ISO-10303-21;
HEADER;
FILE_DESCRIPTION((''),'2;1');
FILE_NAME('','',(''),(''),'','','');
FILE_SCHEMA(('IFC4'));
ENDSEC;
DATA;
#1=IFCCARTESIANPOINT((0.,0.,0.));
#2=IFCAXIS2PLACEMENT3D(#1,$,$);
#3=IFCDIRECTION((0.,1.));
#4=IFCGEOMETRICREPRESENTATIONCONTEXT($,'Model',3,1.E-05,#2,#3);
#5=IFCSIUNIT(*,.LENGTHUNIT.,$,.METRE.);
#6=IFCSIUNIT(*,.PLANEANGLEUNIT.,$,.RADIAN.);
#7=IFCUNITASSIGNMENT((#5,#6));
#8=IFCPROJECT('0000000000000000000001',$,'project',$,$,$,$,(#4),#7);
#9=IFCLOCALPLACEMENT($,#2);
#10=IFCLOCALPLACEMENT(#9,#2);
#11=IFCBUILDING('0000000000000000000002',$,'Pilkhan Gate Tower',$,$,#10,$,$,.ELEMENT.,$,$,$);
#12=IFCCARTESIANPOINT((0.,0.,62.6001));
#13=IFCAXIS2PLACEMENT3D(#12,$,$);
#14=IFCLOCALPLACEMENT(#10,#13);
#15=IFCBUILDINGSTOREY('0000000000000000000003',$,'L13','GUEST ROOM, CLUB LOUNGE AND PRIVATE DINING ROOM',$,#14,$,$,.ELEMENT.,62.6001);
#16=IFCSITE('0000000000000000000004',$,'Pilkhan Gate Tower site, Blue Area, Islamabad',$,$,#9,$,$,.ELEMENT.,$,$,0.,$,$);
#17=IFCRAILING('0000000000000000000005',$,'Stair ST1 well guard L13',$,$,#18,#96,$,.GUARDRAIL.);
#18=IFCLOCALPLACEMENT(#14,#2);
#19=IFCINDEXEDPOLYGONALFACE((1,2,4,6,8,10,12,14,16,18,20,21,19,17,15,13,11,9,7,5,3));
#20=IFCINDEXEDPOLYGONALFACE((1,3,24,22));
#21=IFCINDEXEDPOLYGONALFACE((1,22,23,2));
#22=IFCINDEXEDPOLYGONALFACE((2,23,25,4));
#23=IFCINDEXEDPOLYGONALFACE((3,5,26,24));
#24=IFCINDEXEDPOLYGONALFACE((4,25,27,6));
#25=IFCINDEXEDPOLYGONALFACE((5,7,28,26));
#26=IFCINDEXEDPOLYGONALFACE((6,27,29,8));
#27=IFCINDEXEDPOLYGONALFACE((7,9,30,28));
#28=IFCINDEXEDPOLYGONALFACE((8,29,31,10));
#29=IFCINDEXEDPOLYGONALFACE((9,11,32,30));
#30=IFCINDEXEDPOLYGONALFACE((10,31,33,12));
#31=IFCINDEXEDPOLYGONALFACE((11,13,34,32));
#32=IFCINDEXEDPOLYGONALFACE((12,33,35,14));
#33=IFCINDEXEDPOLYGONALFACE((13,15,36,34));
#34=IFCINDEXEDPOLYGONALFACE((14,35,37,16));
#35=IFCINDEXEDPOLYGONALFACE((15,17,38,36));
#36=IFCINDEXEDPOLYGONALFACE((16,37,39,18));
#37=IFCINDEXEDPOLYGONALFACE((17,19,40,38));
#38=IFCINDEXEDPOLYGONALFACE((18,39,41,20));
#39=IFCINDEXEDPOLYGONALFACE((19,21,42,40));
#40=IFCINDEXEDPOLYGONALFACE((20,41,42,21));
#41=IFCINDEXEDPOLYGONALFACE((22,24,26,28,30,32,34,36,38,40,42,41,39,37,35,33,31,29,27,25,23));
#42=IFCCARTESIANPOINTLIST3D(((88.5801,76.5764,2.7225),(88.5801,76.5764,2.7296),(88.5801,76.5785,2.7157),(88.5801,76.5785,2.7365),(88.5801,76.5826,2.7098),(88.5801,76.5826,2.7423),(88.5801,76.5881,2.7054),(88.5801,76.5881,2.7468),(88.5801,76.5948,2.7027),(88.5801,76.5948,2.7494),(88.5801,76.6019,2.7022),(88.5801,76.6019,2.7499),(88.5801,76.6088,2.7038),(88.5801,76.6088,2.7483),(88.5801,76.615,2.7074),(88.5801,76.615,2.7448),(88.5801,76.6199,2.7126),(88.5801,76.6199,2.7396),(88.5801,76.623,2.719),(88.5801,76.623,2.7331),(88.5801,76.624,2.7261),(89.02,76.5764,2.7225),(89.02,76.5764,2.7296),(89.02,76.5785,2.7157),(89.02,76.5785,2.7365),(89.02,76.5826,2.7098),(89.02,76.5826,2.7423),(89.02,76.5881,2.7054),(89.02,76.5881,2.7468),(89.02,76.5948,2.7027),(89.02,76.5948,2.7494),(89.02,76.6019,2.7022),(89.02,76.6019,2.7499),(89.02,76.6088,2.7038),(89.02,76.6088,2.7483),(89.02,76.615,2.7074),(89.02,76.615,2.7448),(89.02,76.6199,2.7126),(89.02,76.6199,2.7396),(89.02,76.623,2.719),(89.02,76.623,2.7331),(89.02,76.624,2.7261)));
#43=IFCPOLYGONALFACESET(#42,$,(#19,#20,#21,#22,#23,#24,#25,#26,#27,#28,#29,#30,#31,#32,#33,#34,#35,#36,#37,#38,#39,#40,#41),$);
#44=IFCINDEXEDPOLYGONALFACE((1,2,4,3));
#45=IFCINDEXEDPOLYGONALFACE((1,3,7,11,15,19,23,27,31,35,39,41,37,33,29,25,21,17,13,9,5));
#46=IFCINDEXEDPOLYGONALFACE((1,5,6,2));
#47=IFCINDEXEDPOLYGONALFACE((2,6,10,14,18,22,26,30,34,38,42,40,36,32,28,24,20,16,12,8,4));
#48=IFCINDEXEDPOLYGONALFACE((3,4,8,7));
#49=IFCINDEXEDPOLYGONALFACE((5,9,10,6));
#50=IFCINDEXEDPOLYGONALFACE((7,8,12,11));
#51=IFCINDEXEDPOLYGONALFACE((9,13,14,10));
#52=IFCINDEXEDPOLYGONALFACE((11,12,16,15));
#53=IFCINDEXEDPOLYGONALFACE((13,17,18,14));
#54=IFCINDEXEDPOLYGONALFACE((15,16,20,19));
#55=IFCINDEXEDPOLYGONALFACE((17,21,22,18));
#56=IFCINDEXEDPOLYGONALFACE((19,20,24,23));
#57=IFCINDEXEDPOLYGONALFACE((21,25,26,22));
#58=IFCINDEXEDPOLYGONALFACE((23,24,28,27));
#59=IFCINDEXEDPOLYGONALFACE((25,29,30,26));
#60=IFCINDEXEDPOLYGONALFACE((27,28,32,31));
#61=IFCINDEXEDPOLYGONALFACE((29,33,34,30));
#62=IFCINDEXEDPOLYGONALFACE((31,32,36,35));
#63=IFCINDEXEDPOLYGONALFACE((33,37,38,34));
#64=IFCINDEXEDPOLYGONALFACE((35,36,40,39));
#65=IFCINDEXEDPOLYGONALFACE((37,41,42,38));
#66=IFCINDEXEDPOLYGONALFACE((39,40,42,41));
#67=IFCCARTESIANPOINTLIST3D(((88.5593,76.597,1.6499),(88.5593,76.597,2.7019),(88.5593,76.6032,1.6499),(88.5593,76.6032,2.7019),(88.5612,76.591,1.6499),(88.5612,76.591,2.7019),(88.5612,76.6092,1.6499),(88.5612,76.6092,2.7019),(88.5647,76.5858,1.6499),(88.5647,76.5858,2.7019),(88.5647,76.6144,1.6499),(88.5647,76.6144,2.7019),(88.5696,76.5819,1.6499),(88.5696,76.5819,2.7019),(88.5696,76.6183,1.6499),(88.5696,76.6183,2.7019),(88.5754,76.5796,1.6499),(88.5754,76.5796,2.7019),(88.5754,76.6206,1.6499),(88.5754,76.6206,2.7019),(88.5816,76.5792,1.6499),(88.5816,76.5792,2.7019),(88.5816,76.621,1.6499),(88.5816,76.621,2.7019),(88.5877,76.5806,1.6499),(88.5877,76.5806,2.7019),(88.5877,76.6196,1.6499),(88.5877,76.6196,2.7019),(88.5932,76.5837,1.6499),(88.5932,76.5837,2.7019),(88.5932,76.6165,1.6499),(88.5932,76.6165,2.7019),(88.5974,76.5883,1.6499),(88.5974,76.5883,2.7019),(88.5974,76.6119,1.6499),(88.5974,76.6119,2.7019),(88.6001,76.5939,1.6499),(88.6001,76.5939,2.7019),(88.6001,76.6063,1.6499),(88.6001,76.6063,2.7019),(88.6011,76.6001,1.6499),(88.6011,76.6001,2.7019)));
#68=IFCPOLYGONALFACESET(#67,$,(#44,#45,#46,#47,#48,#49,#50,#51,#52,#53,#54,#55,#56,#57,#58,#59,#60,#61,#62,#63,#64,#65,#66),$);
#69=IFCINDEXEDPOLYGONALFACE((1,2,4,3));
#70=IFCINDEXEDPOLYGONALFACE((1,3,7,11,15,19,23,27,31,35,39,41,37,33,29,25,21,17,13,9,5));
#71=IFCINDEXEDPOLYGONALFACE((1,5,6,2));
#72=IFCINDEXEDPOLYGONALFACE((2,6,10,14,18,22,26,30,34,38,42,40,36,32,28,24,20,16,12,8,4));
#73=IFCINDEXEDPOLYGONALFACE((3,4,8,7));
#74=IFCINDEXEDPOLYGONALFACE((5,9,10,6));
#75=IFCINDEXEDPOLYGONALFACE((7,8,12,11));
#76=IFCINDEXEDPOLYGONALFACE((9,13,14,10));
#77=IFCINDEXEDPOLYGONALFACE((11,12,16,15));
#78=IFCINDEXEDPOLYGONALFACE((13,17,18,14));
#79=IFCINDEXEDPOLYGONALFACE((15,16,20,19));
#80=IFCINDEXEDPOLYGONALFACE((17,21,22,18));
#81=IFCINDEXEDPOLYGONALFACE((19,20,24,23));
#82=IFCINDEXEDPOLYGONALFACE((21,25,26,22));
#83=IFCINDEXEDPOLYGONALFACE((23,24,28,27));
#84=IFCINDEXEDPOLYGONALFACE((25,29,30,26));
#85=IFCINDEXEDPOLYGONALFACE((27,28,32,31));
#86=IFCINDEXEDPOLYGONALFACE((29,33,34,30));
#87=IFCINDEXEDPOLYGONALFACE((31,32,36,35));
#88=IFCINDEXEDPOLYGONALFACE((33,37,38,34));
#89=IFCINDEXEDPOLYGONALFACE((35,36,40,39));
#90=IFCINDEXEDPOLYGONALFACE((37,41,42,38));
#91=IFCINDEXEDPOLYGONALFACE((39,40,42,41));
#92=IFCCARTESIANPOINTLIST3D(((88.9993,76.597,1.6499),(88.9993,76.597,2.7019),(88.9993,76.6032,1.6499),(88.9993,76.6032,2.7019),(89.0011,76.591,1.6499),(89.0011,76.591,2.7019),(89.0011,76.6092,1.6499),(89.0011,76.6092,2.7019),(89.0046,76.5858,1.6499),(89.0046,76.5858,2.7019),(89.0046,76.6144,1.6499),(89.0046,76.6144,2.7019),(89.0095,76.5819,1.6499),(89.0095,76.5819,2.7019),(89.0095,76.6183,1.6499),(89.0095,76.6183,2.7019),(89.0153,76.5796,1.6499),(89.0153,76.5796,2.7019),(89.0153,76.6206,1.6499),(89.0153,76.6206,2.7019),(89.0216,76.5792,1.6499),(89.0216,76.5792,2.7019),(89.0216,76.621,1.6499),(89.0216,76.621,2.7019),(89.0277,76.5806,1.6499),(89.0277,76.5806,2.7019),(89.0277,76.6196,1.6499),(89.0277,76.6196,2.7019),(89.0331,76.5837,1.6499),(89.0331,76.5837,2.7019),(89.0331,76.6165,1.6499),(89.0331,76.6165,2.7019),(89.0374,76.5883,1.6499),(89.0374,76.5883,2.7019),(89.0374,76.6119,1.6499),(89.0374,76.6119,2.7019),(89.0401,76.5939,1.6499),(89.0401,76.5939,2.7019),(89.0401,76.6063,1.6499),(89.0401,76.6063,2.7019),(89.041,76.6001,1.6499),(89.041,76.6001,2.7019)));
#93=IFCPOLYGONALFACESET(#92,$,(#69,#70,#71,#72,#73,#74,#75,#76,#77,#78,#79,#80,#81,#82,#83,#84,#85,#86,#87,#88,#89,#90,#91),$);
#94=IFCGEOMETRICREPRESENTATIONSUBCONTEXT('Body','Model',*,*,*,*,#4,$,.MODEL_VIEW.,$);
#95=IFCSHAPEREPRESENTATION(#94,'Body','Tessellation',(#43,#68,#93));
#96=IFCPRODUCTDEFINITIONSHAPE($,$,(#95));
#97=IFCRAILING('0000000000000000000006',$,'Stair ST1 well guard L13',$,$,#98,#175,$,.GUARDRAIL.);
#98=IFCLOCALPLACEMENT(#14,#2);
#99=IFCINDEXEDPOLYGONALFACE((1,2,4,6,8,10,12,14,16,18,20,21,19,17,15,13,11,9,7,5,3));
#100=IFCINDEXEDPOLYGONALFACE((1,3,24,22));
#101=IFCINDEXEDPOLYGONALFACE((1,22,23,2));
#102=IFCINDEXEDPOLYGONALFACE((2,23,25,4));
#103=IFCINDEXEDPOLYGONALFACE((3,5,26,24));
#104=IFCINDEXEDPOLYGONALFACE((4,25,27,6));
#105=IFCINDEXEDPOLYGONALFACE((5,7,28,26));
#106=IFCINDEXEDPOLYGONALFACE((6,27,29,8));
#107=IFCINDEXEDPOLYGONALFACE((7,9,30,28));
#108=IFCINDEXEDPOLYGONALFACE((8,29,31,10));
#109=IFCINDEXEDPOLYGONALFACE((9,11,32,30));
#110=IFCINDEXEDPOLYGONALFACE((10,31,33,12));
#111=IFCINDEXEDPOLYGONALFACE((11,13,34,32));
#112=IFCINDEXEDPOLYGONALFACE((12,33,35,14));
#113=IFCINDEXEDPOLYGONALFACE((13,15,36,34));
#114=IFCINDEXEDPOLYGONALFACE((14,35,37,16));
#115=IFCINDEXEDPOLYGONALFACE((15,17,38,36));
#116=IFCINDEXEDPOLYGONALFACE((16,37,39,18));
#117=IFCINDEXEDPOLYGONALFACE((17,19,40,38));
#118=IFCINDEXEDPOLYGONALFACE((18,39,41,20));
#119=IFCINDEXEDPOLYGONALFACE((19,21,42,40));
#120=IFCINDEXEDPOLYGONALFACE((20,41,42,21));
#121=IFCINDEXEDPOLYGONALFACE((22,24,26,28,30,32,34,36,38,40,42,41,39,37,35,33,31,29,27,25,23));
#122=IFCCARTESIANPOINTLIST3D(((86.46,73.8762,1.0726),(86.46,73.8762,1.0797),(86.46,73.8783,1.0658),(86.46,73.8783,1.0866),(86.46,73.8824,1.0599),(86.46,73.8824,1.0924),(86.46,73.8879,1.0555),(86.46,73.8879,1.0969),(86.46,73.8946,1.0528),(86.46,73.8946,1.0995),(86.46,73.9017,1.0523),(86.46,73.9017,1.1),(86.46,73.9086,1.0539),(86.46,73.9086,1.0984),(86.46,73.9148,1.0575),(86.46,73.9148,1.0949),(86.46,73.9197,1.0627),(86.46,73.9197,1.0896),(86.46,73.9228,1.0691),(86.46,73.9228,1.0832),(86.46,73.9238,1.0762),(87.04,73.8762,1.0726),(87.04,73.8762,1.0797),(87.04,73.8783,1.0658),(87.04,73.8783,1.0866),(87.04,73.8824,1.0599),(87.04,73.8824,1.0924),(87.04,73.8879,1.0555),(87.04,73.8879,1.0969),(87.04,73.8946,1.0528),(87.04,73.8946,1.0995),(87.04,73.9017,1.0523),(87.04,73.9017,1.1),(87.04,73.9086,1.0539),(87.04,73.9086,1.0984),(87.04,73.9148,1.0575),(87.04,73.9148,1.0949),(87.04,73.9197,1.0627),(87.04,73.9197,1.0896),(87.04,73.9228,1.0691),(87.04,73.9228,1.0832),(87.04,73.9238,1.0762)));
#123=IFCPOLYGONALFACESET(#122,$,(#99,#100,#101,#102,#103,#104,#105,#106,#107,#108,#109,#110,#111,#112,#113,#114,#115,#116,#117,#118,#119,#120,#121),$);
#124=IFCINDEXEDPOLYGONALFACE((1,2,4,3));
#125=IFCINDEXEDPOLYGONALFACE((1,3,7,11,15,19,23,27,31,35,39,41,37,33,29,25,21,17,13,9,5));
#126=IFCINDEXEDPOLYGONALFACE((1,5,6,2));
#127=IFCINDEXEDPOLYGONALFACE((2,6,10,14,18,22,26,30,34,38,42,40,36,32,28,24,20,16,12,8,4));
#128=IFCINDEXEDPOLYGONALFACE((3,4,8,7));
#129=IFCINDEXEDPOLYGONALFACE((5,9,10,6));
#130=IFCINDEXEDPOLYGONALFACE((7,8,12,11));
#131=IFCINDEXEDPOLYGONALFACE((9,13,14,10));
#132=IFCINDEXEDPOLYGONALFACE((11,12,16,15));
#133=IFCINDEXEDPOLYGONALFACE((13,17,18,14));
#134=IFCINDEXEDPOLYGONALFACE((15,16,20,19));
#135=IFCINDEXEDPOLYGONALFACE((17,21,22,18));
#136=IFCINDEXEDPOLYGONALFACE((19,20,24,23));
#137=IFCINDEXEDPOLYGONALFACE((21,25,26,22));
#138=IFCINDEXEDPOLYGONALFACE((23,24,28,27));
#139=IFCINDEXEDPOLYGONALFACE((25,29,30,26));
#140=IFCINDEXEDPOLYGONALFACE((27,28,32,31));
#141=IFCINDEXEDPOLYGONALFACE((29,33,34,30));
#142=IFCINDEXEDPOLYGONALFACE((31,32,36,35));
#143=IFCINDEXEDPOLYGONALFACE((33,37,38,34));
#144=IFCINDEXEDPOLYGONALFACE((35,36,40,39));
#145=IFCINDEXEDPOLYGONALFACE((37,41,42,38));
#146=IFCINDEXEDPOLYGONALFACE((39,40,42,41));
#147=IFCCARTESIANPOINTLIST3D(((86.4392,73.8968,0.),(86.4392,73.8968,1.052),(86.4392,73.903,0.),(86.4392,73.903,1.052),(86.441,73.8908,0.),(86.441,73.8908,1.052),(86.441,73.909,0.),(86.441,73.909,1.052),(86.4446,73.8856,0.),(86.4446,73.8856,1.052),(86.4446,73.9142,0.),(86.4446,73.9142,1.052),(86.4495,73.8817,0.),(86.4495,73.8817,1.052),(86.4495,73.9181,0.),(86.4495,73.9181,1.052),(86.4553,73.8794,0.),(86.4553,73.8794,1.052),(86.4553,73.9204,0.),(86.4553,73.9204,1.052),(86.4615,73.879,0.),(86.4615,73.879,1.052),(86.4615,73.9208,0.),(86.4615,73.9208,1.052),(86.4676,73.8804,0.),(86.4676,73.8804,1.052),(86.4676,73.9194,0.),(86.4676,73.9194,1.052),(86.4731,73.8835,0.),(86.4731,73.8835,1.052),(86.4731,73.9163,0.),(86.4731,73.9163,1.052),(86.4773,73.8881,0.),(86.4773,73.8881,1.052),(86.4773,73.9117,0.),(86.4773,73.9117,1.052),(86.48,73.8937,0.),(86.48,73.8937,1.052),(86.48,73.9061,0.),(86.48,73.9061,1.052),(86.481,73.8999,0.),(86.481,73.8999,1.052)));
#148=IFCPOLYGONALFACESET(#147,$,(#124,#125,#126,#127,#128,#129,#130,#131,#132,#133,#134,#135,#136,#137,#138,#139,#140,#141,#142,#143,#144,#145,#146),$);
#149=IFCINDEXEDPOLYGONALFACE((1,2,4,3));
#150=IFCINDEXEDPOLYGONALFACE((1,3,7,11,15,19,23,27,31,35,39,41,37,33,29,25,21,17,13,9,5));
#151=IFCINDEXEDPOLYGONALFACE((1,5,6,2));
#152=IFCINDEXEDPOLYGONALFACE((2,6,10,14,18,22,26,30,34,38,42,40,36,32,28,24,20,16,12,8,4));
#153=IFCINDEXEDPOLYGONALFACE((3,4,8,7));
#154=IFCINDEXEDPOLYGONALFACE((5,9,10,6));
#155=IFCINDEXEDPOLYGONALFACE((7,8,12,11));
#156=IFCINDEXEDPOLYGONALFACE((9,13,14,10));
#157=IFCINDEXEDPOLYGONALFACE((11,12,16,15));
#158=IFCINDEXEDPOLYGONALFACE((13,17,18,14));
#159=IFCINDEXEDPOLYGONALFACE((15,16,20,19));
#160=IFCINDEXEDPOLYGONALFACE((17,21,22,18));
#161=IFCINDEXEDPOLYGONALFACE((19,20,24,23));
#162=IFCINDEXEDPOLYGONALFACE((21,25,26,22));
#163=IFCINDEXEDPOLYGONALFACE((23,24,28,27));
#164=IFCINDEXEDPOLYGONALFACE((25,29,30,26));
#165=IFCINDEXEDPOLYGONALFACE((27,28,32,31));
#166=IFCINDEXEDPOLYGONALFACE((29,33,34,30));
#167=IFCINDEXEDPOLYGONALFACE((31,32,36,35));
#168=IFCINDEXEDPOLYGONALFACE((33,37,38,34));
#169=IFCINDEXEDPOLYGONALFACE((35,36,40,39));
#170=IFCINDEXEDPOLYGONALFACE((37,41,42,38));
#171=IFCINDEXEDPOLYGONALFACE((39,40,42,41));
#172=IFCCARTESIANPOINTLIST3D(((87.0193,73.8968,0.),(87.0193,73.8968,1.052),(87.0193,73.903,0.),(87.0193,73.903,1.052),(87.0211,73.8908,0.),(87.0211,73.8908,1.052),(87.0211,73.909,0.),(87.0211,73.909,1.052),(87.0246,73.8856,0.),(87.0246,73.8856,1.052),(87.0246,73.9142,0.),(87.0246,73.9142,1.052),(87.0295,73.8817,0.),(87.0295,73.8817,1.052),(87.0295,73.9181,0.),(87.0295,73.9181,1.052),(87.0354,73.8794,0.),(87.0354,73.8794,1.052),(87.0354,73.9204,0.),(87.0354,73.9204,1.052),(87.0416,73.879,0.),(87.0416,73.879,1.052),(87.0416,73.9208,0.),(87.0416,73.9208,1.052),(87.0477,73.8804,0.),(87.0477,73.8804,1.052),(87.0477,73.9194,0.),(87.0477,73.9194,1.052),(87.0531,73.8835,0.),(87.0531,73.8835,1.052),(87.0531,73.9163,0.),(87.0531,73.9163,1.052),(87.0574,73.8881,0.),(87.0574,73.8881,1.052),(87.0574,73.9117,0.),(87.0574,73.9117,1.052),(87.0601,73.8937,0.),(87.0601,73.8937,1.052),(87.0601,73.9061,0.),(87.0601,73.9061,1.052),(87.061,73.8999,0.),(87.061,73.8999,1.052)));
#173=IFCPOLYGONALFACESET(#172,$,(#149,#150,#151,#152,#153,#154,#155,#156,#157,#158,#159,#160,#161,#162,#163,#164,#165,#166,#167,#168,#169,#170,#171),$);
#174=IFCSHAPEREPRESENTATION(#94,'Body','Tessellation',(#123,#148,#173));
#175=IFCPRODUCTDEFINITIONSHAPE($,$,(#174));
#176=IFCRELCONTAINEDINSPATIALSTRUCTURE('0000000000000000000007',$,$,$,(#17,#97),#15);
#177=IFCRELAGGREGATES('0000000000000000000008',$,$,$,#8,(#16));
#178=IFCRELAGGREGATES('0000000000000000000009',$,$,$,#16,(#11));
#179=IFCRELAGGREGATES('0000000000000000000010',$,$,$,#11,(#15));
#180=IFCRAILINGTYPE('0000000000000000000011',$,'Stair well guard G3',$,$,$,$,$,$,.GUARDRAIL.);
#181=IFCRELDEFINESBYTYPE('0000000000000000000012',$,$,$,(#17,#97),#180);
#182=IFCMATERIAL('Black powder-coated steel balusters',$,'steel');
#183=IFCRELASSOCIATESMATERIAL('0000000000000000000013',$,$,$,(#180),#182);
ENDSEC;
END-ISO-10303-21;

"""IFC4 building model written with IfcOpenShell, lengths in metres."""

from ifc_helpers import new_model, si_unit, direction, frame, origin, origin_2d, place, context, subcontext, project, spatial, circle, extrude, material, type_object, element, save


model = new_model("IFC4")

# Units and contexts
model_context = context("Model", 3, precision=1e-05, world=origin(), true_north=direction((0.0, 1.0)))
body_context = subcontext(model_context, "Body", "Model", "MODEL_VIEW")
ifc_project = project(units=[si_unit("LENGTHUNIT", "METRE"), si_unit("PLANEANGLEUNIT", "RADIAN")], contexts=[model_context])

# Site, building, storey
site_placement = place(None, origin())
site = spatial("IfcSite", under=ifc_project, at=site_placement, Name="Pilkhan Gate Tower site, Blue Area, Islamabad", CompositionType="ELEMENT", RefElevation=0.0)
building_placement = place(site_placement, origin())
building = spatial("IfcBuilding", under=site, at=building_placement, Name="Pilkhan Gate Tower", CompositionType="ELEMENT")
storey_placement = place(building_placement, frame((0.0, 0.0, 62.6001)))
storey = spatial("IfcBuildingStorey", under=building, at=storey_placement, Name="L13", Description="GUEST ROOM, CLUB LOUNGE AND PRIVATE DINING ROOM", CompositionType="ELEMENT", Elevation=62.6001)

# Railings
ifc_material_1 = material(Name="Black powder-coated steel balusters", Category="steel")
railing_type_1 = type_object("IfcRailingType", Name="Stair well guard G3", PredefinedType="GUARDRAIL", material=ifc_material_1)
railing_1_placement = place(storey_placement, frame((88.5801, 76.6001, 1.6499)))
element("IfcRailing", 1, at=railing_1_placement, inside=storey, type_object=railing_type_1, Name="Stair ST1 well guard L13", PredefinedType="GUARDRAIL", context=body_context, shape_type="SweptSolid", body=[
    extrude(circle(Radius=0.0239, at=origin_2d()), frame((0.0, 0.0, 1.0762), z_axis=(1.0, 0.0, 0.0), x_axis=(0.0, 1.0, 0.0)), (0.0, 0.0, 1.0), 0.4399),
    extrude(circle(Radius=0.021, at=origin_2d()), origin(), (0.0, 0.0, 1.0), 1.052),
    extrude(circle(Radius=0.021, at=origin_2d()), frame((0.4399, 0.0, 0.0)), (0.0, 0.0, 1.0), 1.052),
])
for number, where, name in (
    (2, (86.46, 73.8999, 0.0), "Stair ST1 well guard L13"),
):
    element("IfcRailing", number, at=place(storey_placement, frame(where)), inside=storey, type_object=railing_type_1, Name=name, PredefinedType="GUARDRAIL", context=body_context, shape_type="SweptSolid", body=[
        extrude(circle(Radius=0.0239, at=origin_2d()), frame((0.0, 0.0, 1.0762), z_axis=(1.0, 0.0, 0.0), x_axis=(0.0, 1.0, 0.0)), (0.0, 0.0, 1.0), 0.5801),
        extrude(circle(Radius=0.021, at=origin_2d()), origin(), (0.0, 0.0, 1.0), 1.052),
        extrude(circle(Radius=0.021, at=origin_2d()), frame((0.5801, 0.0, 0.0)), (0.0, 0.0, 1.0), 1.052),
    ])

save(model, "model.ifc")
